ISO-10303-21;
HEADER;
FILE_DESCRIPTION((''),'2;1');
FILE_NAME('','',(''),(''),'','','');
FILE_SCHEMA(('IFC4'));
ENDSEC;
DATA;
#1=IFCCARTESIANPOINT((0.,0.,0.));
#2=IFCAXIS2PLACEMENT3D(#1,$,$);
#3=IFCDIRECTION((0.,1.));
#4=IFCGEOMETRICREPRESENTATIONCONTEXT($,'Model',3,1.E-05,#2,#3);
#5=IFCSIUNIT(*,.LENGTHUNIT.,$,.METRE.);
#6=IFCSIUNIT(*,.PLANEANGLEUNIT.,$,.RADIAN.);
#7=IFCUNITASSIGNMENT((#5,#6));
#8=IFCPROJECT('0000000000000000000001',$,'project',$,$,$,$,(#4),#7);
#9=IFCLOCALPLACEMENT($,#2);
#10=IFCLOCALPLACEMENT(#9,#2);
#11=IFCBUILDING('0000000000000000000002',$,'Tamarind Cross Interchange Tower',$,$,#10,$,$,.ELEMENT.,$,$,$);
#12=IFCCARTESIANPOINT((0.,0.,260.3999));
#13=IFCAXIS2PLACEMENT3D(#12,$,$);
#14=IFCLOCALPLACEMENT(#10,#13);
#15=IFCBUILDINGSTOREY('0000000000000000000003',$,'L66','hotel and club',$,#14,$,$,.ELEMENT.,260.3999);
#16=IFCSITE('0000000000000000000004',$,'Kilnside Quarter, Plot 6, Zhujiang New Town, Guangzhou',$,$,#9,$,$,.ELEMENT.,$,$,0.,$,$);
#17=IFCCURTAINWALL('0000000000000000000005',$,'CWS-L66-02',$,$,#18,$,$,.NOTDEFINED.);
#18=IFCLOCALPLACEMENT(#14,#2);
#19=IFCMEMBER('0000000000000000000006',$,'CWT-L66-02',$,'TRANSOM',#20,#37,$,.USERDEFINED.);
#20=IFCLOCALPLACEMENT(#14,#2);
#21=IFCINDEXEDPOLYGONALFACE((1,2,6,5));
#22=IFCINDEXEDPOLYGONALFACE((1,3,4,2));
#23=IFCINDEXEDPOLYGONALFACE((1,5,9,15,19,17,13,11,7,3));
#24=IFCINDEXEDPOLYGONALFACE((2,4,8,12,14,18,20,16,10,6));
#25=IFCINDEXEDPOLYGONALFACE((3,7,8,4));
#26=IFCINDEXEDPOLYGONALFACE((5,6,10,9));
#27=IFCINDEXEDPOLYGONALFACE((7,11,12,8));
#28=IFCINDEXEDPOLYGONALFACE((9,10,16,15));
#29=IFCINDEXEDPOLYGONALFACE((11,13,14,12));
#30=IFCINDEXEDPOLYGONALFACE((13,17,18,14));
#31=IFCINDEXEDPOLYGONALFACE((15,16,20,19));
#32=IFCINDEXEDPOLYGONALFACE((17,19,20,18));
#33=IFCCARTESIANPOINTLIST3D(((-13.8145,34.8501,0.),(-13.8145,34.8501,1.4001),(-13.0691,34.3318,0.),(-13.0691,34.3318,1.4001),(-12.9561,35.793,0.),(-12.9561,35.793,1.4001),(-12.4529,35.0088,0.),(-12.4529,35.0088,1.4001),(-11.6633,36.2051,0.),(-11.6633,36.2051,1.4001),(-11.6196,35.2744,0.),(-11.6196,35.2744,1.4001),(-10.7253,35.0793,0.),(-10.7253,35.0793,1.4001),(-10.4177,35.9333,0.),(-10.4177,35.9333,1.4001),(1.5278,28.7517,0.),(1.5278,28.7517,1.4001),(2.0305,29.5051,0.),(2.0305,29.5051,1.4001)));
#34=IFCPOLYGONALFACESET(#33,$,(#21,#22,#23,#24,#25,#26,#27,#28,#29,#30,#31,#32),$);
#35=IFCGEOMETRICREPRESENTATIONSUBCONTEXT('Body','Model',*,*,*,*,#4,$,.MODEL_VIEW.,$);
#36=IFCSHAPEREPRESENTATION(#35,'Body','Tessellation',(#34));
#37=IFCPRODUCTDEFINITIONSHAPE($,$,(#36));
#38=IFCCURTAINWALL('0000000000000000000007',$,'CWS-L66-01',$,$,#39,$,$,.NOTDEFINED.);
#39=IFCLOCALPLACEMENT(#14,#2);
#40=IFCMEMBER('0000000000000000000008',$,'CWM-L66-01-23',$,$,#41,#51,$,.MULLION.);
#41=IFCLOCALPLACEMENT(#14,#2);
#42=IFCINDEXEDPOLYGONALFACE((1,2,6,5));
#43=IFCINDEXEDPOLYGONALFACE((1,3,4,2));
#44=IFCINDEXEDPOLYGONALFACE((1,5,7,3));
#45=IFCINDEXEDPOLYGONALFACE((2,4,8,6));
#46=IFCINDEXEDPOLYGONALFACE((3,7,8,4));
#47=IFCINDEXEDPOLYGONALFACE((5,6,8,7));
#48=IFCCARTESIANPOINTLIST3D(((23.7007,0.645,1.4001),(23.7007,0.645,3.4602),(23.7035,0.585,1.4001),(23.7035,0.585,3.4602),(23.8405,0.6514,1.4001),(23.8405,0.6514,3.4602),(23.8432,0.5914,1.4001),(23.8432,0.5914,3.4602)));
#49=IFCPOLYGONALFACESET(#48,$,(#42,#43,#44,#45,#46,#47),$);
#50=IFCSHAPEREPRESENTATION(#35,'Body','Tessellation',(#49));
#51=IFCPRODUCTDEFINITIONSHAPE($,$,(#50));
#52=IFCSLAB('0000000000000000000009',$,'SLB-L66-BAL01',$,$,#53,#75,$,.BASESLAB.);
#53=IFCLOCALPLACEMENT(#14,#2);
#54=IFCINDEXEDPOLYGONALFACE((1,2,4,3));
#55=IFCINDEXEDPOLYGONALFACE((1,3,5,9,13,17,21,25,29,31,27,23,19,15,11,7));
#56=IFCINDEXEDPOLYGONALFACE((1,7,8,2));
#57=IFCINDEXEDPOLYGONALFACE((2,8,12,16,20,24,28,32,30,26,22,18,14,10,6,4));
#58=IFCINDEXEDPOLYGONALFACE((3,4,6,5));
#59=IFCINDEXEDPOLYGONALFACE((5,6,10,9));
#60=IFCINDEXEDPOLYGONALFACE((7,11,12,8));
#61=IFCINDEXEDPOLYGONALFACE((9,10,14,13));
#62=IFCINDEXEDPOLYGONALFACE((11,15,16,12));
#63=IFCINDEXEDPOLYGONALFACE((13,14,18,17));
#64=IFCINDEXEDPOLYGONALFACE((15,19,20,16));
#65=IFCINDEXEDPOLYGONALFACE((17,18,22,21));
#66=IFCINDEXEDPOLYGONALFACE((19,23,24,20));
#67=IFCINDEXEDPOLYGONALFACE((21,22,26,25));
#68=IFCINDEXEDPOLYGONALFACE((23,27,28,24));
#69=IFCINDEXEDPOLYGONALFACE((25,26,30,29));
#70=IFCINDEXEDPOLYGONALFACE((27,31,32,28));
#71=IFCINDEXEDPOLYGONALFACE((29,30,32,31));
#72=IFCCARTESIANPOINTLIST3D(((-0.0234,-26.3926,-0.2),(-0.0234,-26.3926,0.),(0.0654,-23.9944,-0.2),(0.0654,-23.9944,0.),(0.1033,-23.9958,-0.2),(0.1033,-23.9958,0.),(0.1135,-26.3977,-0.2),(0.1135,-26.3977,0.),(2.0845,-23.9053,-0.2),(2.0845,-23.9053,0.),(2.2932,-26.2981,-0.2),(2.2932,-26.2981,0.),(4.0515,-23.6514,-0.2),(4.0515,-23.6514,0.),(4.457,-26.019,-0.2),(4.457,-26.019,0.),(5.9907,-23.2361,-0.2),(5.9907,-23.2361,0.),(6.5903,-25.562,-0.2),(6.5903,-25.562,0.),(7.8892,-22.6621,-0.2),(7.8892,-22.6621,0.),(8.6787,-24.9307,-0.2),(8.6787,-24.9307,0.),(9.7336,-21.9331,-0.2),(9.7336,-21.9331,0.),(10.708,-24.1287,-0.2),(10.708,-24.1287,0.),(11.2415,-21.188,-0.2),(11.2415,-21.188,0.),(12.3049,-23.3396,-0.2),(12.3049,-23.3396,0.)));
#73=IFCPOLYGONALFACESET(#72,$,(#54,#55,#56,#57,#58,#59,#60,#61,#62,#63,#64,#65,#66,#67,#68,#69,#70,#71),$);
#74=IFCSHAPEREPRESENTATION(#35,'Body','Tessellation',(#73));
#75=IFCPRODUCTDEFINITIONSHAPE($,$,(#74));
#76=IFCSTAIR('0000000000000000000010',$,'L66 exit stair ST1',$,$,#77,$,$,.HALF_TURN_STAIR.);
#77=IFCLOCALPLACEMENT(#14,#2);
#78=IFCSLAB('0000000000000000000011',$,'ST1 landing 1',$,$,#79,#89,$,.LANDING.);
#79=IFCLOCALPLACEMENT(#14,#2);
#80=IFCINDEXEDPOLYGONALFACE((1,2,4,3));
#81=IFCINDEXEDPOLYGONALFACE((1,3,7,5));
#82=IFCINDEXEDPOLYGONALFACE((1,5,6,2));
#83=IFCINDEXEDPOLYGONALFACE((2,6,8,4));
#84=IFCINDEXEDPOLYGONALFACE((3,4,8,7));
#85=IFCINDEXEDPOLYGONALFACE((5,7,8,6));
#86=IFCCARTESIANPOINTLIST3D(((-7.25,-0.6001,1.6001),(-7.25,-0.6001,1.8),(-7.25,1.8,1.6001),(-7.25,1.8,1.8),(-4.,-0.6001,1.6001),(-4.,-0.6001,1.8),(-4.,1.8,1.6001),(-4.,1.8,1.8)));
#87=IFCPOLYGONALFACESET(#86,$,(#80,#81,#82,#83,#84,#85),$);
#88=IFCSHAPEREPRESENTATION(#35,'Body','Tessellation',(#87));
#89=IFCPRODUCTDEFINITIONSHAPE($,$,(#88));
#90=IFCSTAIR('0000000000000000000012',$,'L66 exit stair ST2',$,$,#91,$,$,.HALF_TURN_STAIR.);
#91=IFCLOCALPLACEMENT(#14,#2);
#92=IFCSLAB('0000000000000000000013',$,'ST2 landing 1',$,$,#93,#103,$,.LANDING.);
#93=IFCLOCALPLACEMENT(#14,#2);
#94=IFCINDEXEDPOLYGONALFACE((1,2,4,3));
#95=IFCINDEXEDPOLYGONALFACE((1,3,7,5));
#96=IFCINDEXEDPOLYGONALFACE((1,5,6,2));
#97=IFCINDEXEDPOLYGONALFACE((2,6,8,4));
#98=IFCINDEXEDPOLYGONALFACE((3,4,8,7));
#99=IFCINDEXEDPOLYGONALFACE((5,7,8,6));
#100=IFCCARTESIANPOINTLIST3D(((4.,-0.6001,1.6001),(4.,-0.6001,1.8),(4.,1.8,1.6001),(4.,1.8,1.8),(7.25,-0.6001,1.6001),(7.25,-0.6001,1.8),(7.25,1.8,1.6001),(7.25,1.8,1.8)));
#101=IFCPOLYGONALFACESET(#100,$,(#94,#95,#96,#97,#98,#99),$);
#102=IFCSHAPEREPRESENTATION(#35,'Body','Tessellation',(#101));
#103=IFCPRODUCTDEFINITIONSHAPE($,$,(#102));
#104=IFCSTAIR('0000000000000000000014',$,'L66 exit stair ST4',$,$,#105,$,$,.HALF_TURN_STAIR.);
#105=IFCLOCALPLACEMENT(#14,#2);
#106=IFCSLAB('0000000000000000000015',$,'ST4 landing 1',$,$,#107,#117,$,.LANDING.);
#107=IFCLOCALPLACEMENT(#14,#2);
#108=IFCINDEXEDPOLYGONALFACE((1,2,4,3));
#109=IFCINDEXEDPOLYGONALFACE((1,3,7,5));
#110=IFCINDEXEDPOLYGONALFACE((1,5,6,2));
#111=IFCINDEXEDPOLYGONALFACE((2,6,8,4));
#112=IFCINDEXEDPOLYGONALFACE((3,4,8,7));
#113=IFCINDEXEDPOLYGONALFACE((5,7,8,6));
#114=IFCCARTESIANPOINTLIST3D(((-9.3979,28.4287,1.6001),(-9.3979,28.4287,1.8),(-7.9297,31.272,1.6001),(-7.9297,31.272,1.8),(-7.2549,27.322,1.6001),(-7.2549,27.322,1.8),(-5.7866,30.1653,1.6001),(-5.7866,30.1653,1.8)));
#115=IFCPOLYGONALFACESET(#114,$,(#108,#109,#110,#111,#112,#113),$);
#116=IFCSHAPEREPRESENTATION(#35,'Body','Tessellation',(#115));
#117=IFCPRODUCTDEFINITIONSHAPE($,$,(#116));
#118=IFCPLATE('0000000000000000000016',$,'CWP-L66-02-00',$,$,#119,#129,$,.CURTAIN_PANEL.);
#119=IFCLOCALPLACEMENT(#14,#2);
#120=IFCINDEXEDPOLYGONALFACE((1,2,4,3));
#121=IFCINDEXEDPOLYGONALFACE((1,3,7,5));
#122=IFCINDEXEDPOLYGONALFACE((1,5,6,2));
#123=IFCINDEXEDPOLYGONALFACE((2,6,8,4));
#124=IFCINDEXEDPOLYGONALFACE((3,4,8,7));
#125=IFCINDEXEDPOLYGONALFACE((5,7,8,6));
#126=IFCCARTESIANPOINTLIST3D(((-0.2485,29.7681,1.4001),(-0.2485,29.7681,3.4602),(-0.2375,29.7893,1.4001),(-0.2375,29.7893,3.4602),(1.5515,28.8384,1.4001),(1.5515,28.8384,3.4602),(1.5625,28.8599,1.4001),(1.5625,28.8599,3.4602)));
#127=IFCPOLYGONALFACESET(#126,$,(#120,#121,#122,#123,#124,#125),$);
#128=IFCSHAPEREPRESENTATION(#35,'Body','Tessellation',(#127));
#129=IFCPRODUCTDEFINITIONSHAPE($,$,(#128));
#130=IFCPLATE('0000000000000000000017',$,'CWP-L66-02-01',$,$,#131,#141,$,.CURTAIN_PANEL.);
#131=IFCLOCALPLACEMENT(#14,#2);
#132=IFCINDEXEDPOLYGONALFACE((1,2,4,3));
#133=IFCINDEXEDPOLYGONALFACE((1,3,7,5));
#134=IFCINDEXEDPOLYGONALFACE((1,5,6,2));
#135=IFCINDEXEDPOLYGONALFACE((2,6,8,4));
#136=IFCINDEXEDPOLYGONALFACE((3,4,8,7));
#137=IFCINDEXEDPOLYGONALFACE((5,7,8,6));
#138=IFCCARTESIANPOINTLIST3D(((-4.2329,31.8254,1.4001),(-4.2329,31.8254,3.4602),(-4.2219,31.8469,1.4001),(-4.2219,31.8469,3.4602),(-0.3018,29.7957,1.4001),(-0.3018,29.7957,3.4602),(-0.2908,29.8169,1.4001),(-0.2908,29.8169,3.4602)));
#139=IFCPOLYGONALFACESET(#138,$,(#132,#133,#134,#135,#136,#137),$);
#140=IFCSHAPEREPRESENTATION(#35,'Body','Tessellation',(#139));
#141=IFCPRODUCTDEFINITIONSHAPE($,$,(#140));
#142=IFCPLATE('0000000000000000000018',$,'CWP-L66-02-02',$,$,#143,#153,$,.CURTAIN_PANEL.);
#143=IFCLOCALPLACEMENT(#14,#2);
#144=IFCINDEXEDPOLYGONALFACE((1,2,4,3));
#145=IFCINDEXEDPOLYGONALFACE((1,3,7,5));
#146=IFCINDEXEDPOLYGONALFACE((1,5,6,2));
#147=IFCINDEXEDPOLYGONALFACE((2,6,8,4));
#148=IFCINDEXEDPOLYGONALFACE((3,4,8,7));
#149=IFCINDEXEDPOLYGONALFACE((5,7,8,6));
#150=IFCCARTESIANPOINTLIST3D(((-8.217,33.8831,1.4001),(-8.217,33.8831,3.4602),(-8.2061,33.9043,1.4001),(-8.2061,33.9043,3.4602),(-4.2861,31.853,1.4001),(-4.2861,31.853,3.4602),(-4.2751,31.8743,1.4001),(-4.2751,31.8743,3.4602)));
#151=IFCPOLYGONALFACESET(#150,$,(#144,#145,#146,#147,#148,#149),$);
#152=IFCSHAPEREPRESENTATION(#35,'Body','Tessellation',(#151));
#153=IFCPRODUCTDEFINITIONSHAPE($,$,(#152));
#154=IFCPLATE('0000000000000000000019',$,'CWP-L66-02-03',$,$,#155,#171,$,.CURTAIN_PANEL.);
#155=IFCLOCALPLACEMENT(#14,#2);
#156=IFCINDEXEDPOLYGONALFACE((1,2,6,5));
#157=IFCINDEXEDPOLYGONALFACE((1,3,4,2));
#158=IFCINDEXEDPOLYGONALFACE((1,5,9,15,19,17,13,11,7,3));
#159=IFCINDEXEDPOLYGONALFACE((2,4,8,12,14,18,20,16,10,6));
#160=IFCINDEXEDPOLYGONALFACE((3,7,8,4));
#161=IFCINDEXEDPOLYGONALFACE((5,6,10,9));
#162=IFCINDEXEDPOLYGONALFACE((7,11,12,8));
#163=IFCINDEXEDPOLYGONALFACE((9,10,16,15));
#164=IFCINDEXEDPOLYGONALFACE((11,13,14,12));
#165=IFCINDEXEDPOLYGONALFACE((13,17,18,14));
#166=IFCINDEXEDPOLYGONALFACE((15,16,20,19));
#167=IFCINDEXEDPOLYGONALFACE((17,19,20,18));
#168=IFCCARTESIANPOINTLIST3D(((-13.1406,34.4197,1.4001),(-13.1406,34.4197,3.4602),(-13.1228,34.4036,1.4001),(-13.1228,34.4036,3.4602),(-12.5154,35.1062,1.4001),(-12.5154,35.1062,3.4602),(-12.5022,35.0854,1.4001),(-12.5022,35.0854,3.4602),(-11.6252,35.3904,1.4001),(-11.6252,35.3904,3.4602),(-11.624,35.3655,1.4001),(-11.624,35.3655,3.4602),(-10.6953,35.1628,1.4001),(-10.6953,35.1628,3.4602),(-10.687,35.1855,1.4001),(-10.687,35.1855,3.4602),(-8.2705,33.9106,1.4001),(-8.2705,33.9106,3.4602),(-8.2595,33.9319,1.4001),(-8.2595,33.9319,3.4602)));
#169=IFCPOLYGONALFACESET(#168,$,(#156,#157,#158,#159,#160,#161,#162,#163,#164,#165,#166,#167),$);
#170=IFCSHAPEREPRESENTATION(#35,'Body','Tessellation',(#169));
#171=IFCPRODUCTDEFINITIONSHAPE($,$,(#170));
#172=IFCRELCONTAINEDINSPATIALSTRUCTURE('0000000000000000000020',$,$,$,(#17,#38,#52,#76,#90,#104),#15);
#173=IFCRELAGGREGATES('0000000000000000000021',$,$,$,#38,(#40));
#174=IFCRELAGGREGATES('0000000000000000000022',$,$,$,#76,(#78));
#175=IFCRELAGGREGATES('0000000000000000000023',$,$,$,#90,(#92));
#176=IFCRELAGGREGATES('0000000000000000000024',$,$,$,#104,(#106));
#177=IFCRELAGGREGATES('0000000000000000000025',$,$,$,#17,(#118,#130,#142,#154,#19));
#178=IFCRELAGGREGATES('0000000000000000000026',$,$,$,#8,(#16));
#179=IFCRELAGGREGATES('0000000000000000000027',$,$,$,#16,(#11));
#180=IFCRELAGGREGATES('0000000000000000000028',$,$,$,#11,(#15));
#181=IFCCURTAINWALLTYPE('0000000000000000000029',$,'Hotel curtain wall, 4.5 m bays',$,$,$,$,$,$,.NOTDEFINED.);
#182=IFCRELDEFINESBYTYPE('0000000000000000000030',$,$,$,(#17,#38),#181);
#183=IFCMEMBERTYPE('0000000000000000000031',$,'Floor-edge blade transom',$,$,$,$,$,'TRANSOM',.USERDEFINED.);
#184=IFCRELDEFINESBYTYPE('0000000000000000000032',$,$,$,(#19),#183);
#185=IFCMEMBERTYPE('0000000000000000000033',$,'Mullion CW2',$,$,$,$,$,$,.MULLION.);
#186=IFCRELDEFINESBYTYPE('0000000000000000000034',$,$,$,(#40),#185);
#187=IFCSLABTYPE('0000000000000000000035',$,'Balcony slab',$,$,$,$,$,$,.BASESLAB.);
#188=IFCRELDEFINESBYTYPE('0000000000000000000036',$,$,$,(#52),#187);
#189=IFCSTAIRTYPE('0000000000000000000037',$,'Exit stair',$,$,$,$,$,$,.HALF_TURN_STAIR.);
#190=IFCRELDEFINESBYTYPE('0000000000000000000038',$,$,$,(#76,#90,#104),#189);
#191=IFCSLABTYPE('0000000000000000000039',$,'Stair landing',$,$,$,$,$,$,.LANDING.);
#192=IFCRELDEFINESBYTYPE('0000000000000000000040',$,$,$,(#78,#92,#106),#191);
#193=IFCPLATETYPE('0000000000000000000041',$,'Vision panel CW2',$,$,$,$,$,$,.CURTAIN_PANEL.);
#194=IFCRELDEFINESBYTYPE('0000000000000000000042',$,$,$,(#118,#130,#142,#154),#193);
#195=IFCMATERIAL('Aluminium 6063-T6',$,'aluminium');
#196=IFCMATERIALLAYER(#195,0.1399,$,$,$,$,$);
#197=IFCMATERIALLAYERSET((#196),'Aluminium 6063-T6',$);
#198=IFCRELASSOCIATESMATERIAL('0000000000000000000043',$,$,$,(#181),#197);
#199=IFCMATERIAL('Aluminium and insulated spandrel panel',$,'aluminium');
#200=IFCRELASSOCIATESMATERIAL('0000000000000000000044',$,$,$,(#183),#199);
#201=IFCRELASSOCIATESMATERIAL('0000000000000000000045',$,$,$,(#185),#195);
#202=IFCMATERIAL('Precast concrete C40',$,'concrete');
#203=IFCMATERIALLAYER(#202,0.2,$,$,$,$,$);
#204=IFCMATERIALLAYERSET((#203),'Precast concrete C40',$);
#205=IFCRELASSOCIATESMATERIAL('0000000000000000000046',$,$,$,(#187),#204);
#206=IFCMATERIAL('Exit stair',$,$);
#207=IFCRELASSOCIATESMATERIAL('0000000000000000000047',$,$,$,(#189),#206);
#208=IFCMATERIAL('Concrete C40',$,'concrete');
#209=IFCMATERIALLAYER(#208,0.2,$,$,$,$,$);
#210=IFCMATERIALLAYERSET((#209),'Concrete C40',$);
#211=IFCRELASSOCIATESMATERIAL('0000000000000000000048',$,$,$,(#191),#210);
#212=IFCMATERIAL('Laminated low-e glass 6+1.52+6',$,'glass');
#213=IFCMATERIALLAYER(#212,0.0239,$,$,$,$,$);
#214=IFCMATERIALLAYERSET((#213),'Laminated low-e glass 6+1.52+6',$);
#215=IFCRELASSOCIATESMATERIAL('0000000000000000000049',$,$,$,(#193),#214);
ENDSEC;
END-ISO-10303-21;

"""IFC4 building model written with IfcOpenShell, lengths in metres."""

from ifc_helpers import new_model, si_unit, direction, frame, origin, origin_2d, place, context, subcontext, project, spatial, polyline, rectangle, outline, extrude, material, layer, layer_set, material_profile, profile_set, type_object, element, aggregate, save


model = new_model("IFC4")

# Units and contexts
model_context = context("Model", 3, precision=1e-05, world=origin(), true_north=direction((0.0, 1.0)))
body_context = subcontext(model_context, "Body", "Model", "MODEL_VIEW")
ifc_project = project(units=[si_unit("LENGTHUNIT", "METRE"), si_unit("PLANEANGLEUNIT", "RADIAN")], contexts=[model_context])

# Site, building, storey
site_placement = place(None, origin())
site = spatial("IfcSite", under=ifc_project, at=site_placement, Name="Kilnside Quarter, Plot 6, Zhujiang New Town, Guangzhou", CompositionType="ELEMENT", RefElevation=0.0)
building_placement = place(site_placement, origin())
building = spatial("IfcBuilding", under=site, at=building_placement, Name="Tamarind Cross Interchange Tower", CompositionType="ELEMENT")
storey_placement = place(building_placement, frame((0.0, 0.0, 260.3999)))
storey = spatial("IfcBuildingStorey", under=building, at=storey_placement, Name="L66", Description="hotel and club", CompositionType="ELEMENT", Elevation=260.3999)

# Curtain walls, members
ifc_material_1 = material(Name="Aluminium 6063-T6", Category="aluminium")
ifc_layer_1 = layer(ifc_material_1, 0.1399)
ifc_layer_set_1 = layer_set([ifc_layer_1], Name="Aluminium 6063-T6")
curtain_wall_type = type_object("IfcCurtainWallType", Name="Hotel curtain wall, 4.5 m bays", PredefinedType="NOTDEFINED", material=ifc_layer_set_1)
curtain_wall_1_placement = place(storey_placement, origin())
curtain_wall_1 = element("IfcCurtainWall", 1, at=curtain_wall_1_placement, inside=storey, type_object=curtain_wall_type, Name="CWS-L66-02", PredefinedType="NOTDEFINED")
ifc_material_2 = material(Name="Aluminium and insulated spandrel panel", Category="aluminium")
member_type_1 = type_object("IfcMemberType", Name="Floor-edge blade transom", ElementType="TRANSOM", PredefinedType="USERDEFINED", material=ifc_material_2)
member_1_placement = place(storey_placement, origin())
member_1 = element("IfcMember", 2, at=member_1_placement, type_object=member_type_1, Name="CWT-L66-02", ObjectType="TRANSOM", PredefinedType="USERDEFINED", context=body_context, shape_type="SweptSolid", body=[
    extrude(outline(polyline([(1.5278, 28.7517), (-10.7253, 35.0793), (-11.6196, 35.2744), (-12.4529, 35.0088), (-13.0691, 34.3318), (-13.8145, 34.8501), (-12.9561, 35.793), (-11.6633, 36.2051), (-10.4177, 35.9333), (2.0305, 29.5051), (1.5278, 28.7517)])), origin(), (0.0, 0.0, 1.0), 1.4001),
])
curtain_wall_2_placement = place(storey_placement, origin())
curtain_wall_2 = element("IfcCurtainWall", 3, at=curtain_wall_2_placement, inside=storey, type_object=curtain_wall_type, Name="CWS-L66-01", PredefinedType="NOTDEFINED")
ifc_material_profile = material_profile(ifc_material_1, rectangle(XDim=0.0601, YDim=0.1399, at=origin_2d()), Name="Mullion CW2")
ifc_profile_set = profile_set([ifc_material_profile], Name="Aluminium 6063-T6")
member_type_2 = type_object("IfcMemberType", Name="Mullion CW2", PredefinedType="MULLION", material=ifc_profile_set)
member_2_placement = place(storey_placement, frame((23.772, 0.6182, 1.4001), z_axis=(0.0, 0.0, 1.0), x_axis=(-0.045624, 0.998959, 0.0)))
member_2 = element("IfcMember", 4, at=member_2_placement, type_object=member_type_2, Name="CWM-L66-01-23", PredefinedType="MULLION", context=body_context, shape_type="SweptSolid", body=[
    extrude(rectangle(XDim=0.0601, YDim=0.1399, at=origin_2d()), origin(), (0.0, 0.0, 1.0), 2.0601),
])
aggregate(curtain_wall_2, [member_2])

# Slab
ifc_material_3 = material(Name="Precast concrete C40", Category="concrete")
ifc_layer_2 = layer(ifc_material_3, 0.2)
ifc_layer_set_2 = layer_set([ifc_layer_2], Name="Precast concrete C40")
slab_type_1 = type_object("IfcSlabType", Name="Balcony slab", PredefinedType="BASESLAB", material=ifc_layer_set_2)
slab_1_placement = place(storey_placement, frame((0.0, 0.0, -0.2)))
element("IfcSlab", 5, at=slab_1_placement, inside=storey, type_object=slab_type_1, Name="SLB-L66-BAL01", PredefinedType="BASESLAB", context=body_context, shape_type="SweptSolid", body=[
    extrude(outline(polyline([(0.0654, -23.9944), (0.1033, -23.9958), (2.0845, -23.9053), (4.0515, -23.6514), (5.9907, -23.2361), (7.8892, -22.6621), (9.7336, -21.9331), (11.2415, -21.188), (12.3049, -23.3396), (10.708, -24.1287), (8.6787, -24.9307), (6.5903, -25.562), (4.457, -26.019), (2.2932, -26.2981), (0.1135, -26.3977), (-0.0234, -26.3926), (0.0654, -23.9944)])), origin(), (0.0, 0.0, 1.0), 0.2),
])

# Stairs, slabs
ifc_material_4 = material(Name="Exit stair")
stair_type = type_object("IfcStairType", Name="Exit stair", PredefinedType="HALF_TURN_STAIR", material=ifc_material_4)
stair_1_placement = place(storey_placement, origin())
stair_1 = element("IfcStair", 6, at=stair_1_placement, inside=storey, type_object=stair_type, Name="L66 exit stair ST1", PredefinedType="HALF_TURN_STAIR")
ifc_material_5 = material(Name="Concrete C40", Category="concrete")
ifc_layer_3 = layer(ifc_material_5, 0.2)
ifc_layer_set_3 = layer_set([ifc_layer_3], Name="Concrete C40")
slab_type_2 = type_object("IfcSlabType", Name="Stair landing", PredefinedType="LANDING", material=ifc_layer_set_3)
slab_2_placement = place(storey_placement, frame((0.0, 0.0, 1.6001)))
slab_2 = element("IfcSlab", 7, at=slab_2_placement, type_object=slab_type_2, Name="ST1 landing 1", PredefinedType="LANDING", context=body_context, shape_type="SweptSolid", body=[
    extrude(outline(polyline([(-4.0, -0.6001), (-4.0, 1.8), (-7.25, 1.8), (-7.25, -0.6001), (-4.0, -0.6001)])), origin(), (0.0, 0.0, 1.0), 0.2),
])
aggregate(stair_1, [slab_2])
stair_2_placement = place(storey_placement, origin())
stair_2 = element("IfcStair", 8, at=stair_2_placement, inside=storey, type_object=stair_type, Name="L66 exit stair ST2", PredefinedType="HALF_TURN_STAIR")
slab_3_placement = place(storey_placement, frame((0.0, 0.0, 1.6001)))
slab_3 = element("IfcSlab", 9, at=slab_3_placement, type_object=slab_type_2, Name="ST2 landing 1", PredefinedType="LANDING", context=body_context, shape_type="SweptSolid", body=[
    extrude(outline(polyline([(7.25, -0.6001), (7.25, 1.8), (4.0, 1.8), (4.0, -0.6001), (7.25, -0.6001)])), origin(), (0.0, 0.0, 1.0), 0.2),
])
aggregate(stair_2, [slab_3])
stair_3_placement = place(storey_placement, origin())
stair_3 = element("IfcStair", 10, at=stair_3_placement, inside=storey, type_object=stair_type, Name="L66 exit stair ST4", PredefinedType="HALF_TURN_STAIR")
slab_4_placement = place(storey_placement, frame((0.0, 0.0, 1.6001)))
slab_4 = element("IfcSlab", 11, at=slab_4_placement, type_object=slab_type_2, Name="ST4 landing 1", PredefinedType="LANDING", context=body_context, shape_type="SweptSolid", body=[
    extrude(outline(polyline([(-5.7866, 30.1653), (-7.9297, 31.272), (-9.3979, 28.4287), (-7.2549, 27.322), (-5.7866, 30.1653)])), origin(), (0.0, 0.0, 1.0), 0.2),
])
aggregate(stair_3, [slab_4])

# Plates
ifc_material_6 = material(Name="Laminated low-e glass 6+1.52+6", Category="glass")
ifc_layer_4 = layer(ifc_material_6, 0.0239)
ifc_layer_set_4 = layer_set([ifc_layer_4], Name="Laminated low-e glass 6+1.52+6")
plate_type = type_object("IfcPlateType", Name="Vision panel CW2", PredefinedType="CURTAIN_PANEL", material=ifc_layer_set_4)
plate_1_placement = place(storey_placement, frame((0.0, 0.0, 1.4001)))
plate_1 = element("IfcPlate", 12, at=plate_1_placement, type_object=plate_type, Name="CWP-L66-02-00", PredefinedType="CURTAIN_PANEL", context=body_context, shape_type="SweptSolid", body=[
    extrude(outline(polyline([(1.5515, 28.8384), (-0.2485, 29.7681), (-0.2375, 29.7893), (1.5625, 28.8599), (1.5515, 28.8384)])), origin(), (0.0, 0.0, 1.0), 2.0601),
])
plate_2_placement = place(storey_placement, frame((0.0, 0.0, 1.4001)))
plate_2 = element("IfcPlate", 13, at=plate_2_placement, type_object=plate_type, Name="CWP-L66-02-01", PredefinedType="CURTAIN_PANEL", context=body_context, shape_type="SweptSolid", body=[
    extrude(outline(polyline([(-0.3018, 29.7957), (-4.2329, 31.8254), (-4.2219, 31.8469), (-0.2908, 29.8169), (-0.3018, 29.7957)])), origin(), (0.0, 0.0, 1.0), 2.0601),
])
plate_3_placement = place(storey_placement, frame((0.0, 0.0, 1.4001)))
plate_3 = element("IfcPlate", 14, at=plate_3_placement, type_object=plate_type, Name="CWP-L66-02-02", PredefinedType="CURTAIN_PANEL", context=body_context, shape_type="SweptSolid", body=[
    extrude(outline(polyline([(-4.2861, 31.853), (-8.217, 33.8831), (-8.2061, 33.9043), (-4.2751, 31.8743), (-4.2861, 31.853)])), origin(), (0.0, 0.0, 1.0), 2.0601),
])
plate_4_placement = place(storey_placement, frame((0.0, 0.0, 1.4001)))
plate_4 = element("IfcPlate", 15, at=plate_4_placement, type_object=plate_type, Name="CWP-L66-02-03", PredefinedType="CURTAIN_PANEL", context=body_context, shape_type="SweptSolid", body=[
    extrude(outline(polyline([(-8.2705, 33.9106), (-10.6953, 35.1628), (-11.624, 35.3655), (-12.5022, 35.0854), (-13.1228, 34.4036), (-13.1406, 34.4197), (-12.5154, 35.1062), (-11.6252, 35.3904), (-10.687, 35.1855), (-8.2595, 33.9319), (-8.2705, 33.9106)])), origin(), (0.0, 0.0, 1.0), 2.0601),
])
aggregate(curtain_wall_1, [plate_1, plate_2, plate_3, plate_4, member_1])

save(model, "model.ifc")
